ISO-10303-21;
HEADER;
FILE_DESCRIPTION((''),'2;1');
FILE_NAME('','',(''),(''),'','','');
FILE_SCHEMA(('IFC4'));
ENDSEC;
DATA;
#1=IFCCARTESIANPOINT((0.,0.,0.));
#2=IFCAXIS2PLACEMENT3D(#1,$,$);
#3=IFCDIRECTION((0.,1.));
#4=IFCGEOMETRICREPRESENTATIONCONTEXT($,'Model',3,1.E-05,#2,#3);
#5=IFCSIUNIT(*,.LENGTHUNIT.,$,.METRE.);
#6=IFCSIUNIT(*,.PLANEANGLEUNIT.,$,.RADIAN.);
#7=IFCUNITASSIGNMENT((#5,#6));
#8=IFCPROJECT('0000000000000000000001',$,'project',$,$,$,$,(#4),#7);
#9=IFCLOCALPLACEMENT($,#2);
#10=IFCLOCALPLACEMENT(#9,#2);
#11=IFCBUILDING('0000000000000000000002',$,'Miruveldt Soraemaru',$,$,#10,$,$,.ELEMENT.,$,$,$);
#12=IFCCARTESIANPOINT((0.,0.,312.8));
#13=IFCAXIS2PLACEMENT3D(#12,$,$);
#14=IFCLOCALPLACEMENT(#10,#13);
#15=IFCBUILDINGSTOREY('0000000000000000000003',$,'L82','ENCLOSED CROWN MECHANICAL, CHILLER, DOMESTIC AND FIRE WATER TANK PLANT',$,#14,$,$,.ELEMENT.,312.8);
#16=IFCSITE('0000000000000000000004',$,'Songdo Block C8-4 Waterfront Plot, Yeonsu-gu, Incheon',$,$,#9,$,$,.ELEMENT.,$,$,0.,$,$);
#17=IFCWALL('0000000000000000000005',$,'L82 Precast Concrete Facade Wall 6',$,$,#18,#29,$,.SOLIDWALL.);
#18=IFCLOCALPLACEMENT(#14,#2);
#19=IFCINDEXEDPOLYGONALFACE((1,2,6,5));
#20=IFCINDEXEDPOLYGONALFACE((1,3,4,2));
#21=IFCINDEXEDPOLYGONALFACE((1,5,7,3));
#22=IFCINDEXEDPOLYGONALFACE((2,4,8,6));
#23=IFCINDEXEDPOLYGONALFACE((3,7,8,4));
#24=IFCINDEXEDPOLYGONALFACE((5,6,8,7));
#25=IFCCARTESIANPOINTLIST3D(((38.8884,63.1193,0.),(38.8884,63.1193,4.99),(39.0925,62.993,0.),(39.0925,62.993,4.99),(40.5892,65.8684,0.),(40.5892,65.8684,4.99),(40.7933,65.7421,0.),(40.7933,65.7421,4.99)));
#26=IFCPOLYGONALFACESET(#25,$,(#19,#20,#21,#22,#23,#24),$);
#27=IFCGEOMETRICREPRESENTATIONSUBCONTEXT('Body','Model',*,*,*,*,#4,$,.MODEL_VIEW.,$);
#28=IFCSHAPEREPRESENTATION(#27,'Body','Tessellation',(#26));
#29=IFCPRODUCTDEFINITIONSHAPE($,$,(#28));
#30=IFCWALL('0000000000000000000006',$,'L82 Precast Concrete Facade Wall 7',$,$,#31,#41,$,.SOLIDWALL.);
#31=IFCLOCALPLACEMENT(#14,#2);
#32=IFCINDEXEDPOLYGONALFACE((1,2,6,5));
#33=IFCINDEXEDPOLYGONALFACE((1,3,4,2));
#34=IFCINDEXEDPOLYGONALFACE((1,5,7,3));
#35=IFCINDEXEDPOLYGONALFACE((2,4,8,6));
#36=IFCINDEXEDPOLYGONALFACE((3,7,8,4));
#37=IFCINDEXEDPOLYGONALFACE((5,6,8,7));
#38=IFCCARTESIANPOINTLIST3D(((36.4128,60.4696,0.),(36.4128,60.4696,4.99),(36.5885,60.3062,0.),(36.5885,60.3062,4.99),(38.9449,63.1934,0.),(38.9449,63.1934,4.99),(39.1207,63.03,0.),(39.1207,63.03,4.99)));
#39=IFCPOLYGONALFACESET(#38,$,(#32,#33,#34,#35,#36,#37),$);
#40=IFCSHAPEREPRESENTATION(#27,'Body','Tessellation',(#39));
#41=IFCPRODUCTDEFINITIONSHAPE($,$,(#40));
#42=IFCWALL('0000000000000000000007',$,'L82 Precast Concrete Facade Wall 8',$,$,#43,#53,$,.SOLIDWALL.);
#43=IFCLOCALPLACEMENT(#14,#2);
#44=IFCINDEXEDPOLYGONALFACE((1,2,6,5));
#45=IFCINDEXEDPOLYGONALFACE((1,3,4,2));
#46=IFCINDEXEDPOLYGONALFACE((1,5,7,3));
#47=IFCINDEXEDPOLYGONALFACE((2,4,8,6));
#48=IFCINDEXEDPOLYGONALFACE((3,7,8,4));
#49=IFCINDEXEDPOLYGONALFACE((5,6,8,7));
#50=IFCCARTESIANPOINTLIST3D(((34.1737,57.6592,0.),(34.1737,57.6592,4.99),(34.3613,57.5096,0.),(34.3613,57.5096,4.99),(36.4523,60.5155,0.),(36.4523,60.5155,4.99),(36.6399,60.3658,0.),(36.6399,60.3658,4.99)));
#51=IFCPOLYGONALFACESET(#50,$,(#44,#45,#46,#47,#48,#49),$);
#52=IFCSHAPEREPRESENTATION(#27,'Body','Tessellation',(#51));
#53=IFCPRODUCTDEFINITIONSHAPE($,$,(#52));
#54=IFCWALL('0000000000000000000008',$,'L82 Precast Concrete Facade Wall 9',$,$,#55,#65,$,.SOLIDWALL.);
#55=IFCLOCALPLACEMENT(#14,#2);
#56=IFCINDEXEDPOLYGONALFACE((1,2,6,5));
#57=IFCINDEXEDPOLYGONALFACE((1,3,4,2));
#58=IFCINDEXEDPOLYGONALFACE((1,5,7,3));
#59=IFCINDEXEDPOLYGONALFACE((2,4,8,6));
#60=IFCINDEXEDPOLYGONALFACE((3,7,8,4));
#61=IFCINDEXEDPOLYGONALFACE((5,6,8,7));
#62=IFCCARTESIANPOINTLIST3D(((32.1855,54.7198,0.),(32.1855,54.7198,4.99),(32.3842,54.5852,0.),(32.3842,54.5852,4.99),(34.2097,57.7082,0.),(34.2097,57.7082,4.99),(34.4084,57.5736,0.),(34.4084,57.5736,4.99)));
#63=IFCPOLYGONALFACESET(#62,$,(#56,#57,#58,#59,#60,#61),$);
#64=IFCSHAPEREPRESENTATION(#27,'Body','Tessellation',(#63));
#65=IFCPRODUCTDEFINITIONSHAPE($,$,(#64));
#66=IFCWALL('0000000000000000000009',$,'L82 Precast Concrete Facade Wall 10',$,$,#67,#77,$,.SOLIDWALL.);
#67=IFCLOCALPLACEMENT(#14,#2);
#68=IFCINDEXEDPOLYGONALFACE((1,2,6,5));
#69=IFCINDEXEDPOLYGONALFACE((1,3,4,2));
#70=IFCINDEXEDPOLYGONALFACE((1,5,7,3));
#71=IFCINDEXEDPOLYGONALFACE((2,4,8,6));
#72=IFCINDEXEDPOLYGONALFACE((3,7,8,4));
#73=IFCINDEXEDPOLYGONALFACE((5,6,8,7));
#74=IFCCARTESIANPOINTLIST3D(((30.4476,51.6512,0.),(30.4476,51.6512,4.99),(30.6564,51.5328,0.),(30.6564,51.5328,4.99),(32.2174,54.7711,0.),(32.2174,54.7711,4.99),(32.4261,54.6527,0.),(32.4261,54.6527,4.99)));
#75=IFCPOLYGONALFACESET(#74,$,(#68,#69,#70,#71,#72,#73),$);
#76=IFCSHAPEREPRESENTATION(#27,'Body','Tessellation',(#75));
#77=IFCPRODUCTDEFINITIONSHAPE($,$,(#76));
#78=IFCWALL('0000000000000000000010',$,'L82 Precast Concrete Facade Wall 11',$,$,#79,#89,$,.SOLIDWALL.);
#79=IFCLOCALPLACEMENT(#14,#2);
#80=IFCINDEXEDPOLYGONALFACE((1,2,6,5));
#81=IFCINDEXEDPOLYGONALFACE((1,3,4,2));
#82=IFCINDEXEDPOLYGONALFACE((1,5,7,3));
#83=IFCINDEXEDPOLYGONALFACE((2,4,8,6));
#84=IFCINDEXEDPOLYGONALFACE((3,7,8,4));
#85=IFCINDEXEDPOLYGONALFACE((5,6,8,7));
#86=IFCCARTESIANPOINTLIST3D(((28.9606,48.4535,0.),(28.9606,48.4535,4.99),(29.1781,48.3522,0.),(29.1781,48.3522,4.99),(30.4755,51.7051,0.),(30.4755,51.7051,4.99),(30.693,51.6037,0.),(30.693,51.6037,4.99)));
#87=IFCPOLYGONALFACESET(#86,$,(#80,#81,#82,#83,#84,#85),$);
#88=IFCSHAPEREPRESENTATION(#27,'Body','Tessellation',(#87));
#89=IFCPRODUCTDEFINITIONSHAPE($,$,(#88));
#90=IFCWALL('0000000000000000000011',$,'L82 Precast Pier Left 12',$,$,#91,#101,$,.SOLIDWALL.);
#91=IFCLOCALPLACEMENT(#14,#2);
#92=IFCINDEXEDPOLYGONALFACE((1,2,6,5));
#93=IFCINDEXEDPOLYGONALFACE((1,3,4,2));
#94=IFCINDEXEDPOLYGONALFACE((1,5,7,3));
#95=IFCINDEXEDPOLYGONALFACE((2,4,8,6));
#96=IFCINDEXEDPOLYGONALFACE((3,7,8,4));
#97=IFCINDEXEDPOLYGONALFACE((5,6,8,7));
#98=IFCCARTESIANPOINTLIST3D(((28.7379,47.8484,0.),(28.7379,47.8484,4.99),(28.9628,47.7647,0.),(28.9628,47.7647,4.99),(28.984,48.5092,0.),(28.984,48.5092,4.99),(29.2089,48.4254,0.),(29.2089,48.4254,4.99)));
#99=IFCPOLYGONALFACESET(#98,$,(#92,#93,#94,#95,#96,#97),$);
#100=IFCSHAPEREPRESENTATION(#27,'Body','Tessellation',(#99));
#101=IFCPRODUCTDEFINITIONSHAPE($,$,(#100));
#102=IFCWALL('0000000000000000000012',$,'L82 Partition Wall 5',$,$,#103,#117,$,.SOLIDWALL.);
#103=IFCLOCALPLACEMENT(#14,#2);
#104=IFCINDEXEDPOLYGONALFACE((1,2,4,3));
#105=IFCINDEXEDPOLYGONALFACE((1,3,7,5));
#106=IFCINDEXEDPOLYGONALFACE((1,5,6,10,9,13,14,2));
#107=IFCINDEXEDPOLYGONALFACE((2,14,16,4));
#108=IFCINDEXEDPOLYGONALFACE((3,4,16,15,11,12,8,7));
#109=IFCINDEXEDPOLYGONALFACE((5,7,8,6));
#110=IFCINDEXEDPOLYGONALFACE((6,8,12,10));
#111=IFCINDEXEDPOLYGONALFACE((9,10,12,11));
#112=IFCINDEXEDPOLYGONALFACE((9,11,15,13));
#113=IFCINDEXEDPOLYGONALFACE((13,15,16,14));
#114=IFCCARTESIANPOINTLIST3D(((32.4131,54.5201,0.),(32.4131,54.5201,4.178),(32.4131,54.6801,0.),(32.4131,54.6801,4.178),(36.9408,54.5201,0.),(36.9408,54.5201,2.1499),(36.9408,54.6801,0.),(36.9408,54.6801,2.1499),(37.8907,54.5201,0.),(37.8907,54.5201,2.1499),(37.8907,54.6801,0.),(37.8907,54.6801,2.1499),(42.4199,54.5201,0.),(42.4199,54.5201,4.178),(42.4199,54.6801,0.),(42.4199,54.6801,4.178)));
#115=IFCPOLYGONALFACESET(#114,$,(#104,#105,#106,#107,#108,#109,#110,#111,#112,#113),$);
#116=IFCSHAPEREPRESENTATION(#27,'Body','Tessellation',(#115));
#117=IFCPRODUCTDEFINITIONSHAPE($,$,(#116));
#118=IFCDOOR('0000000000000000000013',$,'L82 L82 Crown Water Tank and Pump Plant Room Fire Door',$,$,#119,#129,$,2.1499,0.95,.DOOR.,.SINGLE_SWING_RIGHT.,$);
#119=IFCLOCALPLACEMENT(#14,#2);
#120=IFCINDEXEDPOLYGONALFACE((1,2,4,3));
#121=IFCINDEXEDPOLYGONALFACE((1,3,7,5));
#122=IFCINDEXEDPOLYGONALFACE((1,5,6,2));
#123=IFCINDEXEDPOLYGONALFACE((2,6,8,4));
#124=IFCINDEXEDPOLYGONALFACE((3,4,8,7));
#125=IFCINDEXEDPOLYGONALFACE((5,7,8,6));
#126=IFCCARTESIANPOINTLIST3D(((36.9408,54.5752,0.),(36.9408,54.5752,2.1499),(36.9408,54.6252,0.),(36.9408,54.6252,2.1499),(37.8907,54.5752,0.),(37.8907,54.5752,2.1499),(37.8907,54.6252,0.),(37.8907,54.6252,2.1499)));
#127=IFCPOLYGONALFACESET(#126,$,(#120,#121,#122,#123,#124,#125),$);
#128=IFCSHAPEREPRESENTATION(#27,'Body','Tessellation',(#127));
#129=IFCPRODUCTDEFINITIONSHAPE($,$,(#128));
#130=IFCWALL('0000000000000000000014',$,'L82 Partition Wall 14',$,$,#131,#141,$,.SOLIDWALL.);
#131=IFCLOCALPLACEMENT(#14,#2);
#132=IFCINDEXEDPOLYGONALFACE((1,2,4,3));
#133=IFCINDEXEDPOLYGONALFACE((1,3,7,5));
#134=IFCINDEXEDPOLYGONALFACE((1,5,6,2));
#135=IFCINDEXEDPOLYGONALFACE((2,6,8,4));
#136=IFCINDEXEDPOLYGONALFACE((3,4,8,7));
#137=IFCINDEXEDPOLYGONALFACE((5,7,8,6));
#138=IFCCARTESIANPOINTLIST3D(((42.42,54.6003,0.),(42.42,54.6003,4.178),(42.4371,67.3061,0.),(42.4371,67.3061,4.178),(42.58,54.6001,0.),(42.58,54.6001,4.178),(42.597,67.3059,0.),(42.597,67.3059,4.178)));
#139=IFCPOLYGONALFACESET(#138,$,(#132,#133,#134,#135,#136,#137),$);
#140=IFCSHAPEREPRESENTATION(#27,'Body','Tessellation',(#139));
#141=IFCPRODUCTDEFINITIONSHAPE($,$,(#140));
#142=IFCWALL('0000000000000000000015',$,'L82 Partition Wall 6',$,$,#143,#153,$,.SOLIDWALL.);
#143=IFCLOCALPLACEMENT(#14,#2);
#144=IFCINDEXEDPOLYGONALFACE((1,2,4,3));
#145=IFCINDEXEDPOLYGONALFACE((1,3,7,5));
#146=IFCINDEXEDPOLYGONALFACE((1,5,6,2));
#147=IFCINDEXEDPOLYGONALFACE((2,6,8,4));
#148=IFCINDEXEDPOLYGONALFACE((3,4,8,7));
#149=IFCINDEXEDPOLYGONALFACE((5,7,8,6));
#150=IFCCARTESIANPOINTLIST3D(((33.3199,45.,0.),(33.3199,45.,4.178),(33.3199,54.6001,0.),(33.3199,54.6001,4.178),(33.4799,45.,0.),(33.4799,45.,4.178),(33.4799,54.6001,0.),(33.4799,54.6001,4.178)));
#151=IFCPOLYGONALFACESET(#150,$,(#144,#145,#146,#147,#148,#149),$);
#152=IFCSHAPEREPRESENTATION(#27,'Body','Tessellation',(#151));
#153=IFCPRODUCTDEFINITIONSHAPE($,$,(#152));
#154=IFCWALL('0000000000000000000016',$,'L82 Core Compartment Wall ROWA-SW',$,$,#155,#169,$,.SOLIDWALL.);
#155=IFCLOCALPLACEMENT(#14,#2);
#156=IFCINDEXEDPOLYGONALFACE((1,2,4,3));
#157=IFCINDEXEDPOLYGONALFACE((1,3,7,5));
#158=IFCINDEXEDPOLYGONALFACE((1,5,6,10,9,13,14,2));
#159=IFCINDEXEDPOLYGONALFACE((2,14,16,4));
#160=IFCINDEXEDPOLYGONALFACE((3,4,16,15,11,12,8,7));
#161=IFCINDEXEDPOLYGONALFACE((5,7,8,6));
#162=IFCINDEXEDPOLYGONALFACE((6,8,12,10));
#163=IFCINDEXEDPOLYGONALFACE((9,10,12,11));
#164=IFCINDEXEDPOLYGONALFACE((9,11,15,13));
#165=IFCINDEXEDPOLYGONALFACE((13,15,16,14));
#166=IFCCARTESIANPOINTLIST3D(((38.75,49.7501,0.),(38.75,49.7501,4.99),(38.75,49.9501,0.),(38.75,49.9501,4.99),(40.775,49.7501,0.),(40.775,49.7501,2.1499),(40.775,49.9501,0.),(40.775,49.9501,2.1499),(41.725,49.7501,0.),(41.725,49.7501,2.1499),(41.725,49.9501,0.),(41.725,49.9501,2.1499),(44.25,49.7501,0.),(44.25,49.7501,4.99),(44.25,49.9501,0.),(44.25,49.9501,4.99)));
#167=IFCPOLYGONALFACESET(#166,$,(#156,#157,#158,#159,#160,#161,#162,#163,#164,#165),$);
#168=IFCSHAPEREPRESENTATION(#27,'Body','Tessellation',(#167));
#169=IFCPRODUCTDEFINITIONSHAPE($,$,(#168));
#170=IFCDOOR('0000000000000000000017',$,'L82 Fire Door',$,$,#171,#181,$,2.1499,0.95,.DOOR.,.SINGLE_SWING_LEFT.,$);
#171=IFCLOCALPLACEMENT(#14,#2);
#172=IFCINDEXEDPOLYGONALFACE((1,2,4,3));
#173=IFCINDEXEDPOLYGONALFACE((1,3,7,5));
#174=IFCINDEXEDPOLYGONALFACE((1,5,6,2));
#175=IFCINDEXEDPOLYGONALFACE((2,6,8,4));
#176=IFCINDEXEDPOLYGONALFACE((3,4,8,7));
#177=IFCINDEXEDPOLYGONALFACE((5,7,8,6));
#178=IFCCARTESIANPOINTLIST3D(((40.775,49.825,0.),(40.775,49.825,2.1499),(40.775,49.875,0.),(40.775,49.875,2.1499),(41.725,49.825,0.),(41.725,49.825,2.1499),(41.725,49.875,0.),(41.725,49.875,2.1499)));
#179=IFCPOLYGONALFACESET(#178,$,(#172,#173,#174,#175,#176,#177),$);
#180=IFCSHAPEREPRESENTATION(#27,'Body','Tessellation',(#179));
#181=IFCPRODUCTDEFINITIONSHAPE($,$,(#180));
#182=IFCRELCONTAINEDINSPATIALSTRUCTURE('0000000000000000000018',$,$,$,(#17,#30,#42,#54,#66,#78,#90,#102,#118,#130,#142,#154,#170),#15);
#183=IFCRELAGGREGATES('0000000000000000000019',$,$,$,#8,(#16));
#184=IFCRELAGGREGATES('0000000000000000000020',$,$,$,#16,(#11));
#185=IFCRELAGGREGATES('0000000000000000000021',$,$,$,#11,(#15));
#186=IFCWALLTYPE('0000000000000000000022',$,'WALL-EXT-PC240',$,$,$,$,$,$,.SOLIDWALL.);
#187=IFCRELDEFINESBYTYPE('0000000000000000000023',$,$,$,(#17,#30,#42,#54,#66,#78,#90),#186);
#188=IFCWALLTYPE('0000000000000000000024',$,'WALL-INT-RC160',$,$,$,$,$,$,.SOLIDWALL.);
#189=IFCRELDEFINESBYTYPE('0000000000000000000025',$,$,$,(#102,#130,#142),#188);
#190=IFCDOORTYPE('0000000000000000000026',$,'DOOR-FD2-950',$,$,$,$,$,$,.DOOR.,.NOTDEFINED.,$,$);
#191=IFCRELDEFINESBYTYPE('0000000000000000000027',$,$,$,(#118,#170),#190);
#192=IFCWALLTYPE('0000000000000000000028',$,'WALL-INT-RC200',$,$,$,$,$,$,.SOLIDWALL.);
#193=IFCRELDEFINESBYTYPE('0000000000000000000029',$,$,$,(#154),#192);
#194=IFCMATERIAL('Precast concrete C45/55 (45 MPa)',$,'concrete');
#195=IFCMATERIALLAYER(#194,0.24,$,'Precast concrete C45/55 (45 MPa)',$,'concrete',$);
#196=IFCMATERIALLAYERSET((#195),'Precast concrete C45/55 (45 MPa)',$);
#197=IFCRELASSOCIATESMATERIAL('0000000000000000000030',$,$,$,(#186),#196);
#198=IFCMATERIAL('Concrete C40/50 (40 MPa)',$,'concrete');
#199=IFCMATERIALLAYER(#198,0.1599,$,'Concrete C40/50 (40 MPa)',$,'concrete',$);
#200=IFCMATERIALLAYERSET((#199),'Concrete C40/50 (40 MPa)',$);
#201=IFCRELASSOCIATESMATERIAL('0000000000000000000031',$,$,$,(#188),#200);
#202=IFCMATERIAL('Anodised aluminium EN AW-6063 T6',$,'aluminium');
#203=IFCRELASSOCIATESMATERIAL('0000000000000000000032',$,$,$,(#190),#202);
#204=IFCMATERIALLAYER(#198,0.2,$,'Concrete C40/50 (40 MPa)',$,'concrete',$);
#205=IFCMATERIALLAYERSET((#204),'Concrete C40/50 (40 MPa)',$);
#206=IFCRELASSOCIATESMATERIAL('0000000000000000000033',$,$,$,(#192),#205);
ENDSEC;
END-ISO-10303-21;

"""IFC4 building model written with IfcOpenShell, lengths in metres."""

from ifc_helpers import new_model, si_unit, direction, frame, frame_2d, origin, place, context, subcontext, project, spatial, rectangle, extrude, material, layer, layer_set, type_object, element, fill, save


model = new_model("IFC4")

# Units and contexts
model_context = context("Model", 3, precision=1e-05, world=origin(), true_north=direction((0.0, 1.0)))
body_context = subcontext(model_context, "Body", "Model", "MODEL_VIEW")
ifc_project = project(units=[si_unit("LENGTHUNIT", "METRE"), si_unit("PLANEANGLEUNIT", "RADIAN")], contexts=[model_context])

# Site, building, storey
site_placement = place(None, origin())
site = spatial("IfcSite", under=ifc_project, at=site_placement, Name="Songdo Block C8-4 Waterfront Plot, Yeonsu-gu, Incheon", CompositionType="ELEMENT", RefElevation=0.0)
building_placement = place(site_placement, origin())
building = spatial("IfcBuilding", under=site, at=building_placement, Name="Miruveldt Soraemaru", CompositionType="ELEMENT")
storey_placement = place(building_placement, frame((0.0, 0.0, 312.8)))
storey = spatial("IfcBuildingStorey", under=building, at=storey_placement, Name="L82", Description="ENCLOSED CROWN MECHANICAL, CHILLER, DOMESTIC AND FIRE WATER TANK PLANT", CompositionType="ELEMENT", Elevation=312.8)

# Shared definitions
ifc_material_1 = material(Name="Anodised aluminium EN AW-6063 T6", Category="aluminium")

# Walls
ifc_material_2 = material(Name="Precast concrete C45/55 (45 MPa)", Category="concrete")
ifc_layer_1 = layer(ifc_material_2, 0.24, Name="Precast concrete C45/55 (45 MPa)", Category="concrete")
ifc_layer_set_1 = layer_set([ifc_layer_1], Name="Precast concrete C45/55 (45 MPa)")
wall_type_1 = type_object("IfcWallType", Name="WALL-EXT-PC240", PredefinedType="SOLIDWALL", material=ifc_layer_set_1)
wall_1_placement = place(storey_placement, frame((40.6912, 65.8052, 0.0), z_axis=(0.0, 0.0, 1.0), x_axis=(-0.52611, -0.850416, 0.0)))
element("IfcWall", 1, at=wall_1_placement, inside=storey, type_object=wall_type_1, Name="L82 Precast Concrete Facade Wall 6", PredefinedType="SOLIDWALL", context=body_context, shape_type="SweptSolid", body=[
    extrude(rectangle(XDim=3.2327, YDim=0.24, at=frame_2d((1.6162, 0.0))), origin(), (0.0, 0.0, 1.0), 4.99),
])
wall_2_placement = place(storey_placement, frame((39.0327, 63.1116, 0.0), z_axis=(0.0, 0.0, 1.0), x_axis=(-0.680871, -0.732403, 0.0)))
element("IfcWall", 2, at=wall_2_placement, inside=storey, type_object=wall_type_1, Name="L82 Precast Concrete Facade Wall 7", PredefinedType="SOLIDWALL", context=body_context, shape_type="SweptSolid", body=[
    extrude(rectangle(XDim=3.719, YDim=0.24, at=frame_2d((1.8594, 0.0))), origin(), (0.0, 0.0, 1.0), 4.99),
])
wall_3_placement = place(storey_placement, frame((36.5461, 60.4407, 0.0), z_axis=(0.0, 0.0, 1.0), x_axis=(-0.623627, -0.781722, 0.0)))
element("IfcWall", 3, at=wall_3_placement, inside=storey, type_object=wall_type_1, Name="L82 Precast Concrete Facade Wall 8", PredefinedType="SOLIDWALL", context=body_context, shape_type="SweptSolid", body=[
    extrude(rectangle(XDim=3.6538, YDim=0.24, at=frame_2d((1.8269, 0.0))), origin(), (0.0, 0.0, 1.0), 4.99),
])
wall_4_placement = place(storey_placement, frame((34.3091, 57.6409, 0.0), z_axis=(0.0, 0.0, 1.0), x_axis=(-0.56082, -0.827938, 0.0)))
element("IfcWall", 4, at=wall_4_placement, inside=storey, type_object=wall_type_1, Name="L82 Precast Concrete Facade Wall 9", PredefinedType="SOLIDWALL", context=body_context, shape_type="SweptSolid", body=[
    extrude(rectangle(XDim=3.6094, YDim=0.24, at=frame_2d((1.8047, 0.0))), origin(), (0.0, 0.0, 1.0), 4.99),
])
wall_5_placement = place(storey_placement, frame((32.3218, 54.7119, 0.0), z_axis=(0.0, 0.0, 1.0), x_axis=(-0.493402, -0.869801, 0.0)))
element("IfcWall", 5, at=wall_5_placement, inside=storey, type_object=wall_type_1, Name="L82 Precast Concrete Facade Wall 10", PredefinedType="SOLIDWALL", context=body_context, shape_type="SweptSolid", body=[
    extrude(rectangle(XDim=3.5869, YDim=0.24, at=frame_2d((1.7935, 0.0))), origin(), (0.0, 0.0, 1.0), 4.99),
])
wall_6_placement = place(storey_placement, frame((30.5842, 51.6543, 0.0), z_axis=(0.0, 0.0, 1.0), x_axis=(-0.422323, -0.906446, 0.0)))
element("IfcWall", 6, at=wall_6_placement, inside=storey, type_object=wall_type_1, Name="L82 Precast Concrete Facade Wall 11", PredefinedType="SOLIDWALL", context=body_context, shape_type="SweptSolid", body=[
    extrude(rectangle(XDim=3.5872, YDim=0.24, at=frame_2d((1.7935, 0.0))), origin(), (0.0, 0.0, 1.0), 4.99),
])
wall_7_placement = place(storey_placement, frame((29.0964, 48.4673, 0.0), z_axis=(0.0, 0.0, 1.0), x_axis=(-0.349073, -0.937095, 0.0)))
element("IfcWall", 7, at=wall_7_placement, inside=storey, type_object=wall_type_1, Name="L82 Precast Pier Left 12", PredefinedType="SOLIDWALL", context=body_context, shape_type="SweptSolid", body=[
    extrude(rectangle(XDim=0.7051, YDim=0.24, at=frame_2d((0.3525, 0.0))), origin(), (0.0, 0.0, 1.0), 4.99),
])

# Wall, opening, door
ifc_material_3 = material(Name="Concrete C40/50 (40 MPa)", Category="concrete")
ifc_layer_2 = layer(ifc_material_3, 0.1599, Name="Concrete C40/50 (40 MPa)", Category="concrete")
ifc_layer_set_2 = layer_set([ifc_layer_2], Name="Concrete C40/50 (40 MPa)")
wall_type_2 = type_object("IfcWallType", Name="WALL-INT-RC160", PredefinedType="SOLIDWALL", material=ifc_layer_set_2)
wall_8_placement = place(storey_placement, frame((42.4199, 54.6001, 0.0), z_axis=(0.0, 0.0, 1.0), x_axis=(-1.0, 0.0, 0.0)))
wall_8 = element("IfcWall", 8, at=wall_8_placement, inside=storey, type_object=wall_type_2, Name="L82 Partition Wall 5", PredefinedType="SOLIDWALL", context=body_context, shape_type="SweptSolid", body=[
    extrude(rectangle(XDim=10.0068, YDim=0.1599, at=frame_2d((5.0034, 0.0))), origin(), (0.0, 0.0, 1.0), 4.178),
])
opening_1_placement = place(wall_8_placement, frame((4.5291, 0.0, 0.0)))
opening_1 = element("IfcOpeningElement", 9, at=opening_1_placement, cuts=wall_8, PredefinedType="OPENING", context=body_context, shape_type="SweptSolid", body=[
    extrude(rectangle(XDim=0.95, YDim=2.1499, at=frame_2d((0.4751, 1.075))), frame((0.0, 0.0898, 0.0), z_axis=(0.0, -1.0, 0.0), x_axis=(1.0, 0.0, 0.0)), (0.0, 0.0, 1.0), 0.1799),
])
door_type_1 = type_object("IfcDoorType", Name="DOOR-FD2-950", OperationType="NOTDEFINED", PredefinedType="DOOR", material=ifc_material_1)
door_1_placement = place(opening_1_placement, origin())
door_1 = element("IfcDoor", 10, at=door_1_placement, inside=storey, type_object=door_type_1, Name="L82 L82 Crown Water Tank and Pump Plant Room Fire Door", OperationType="SINGLE_SWING_RIGHT", OverallHeight=2.1499, OverallWidth=0.95, PredefinedType="DOOR", context=body_context, shape_type="SweptSolid", body=[
    extrude(rectangle(XDim=0.95, YDim=2.1499, at=frame_2d((0.4751, 1.075))), frame((0.0, 0.0249, 0.0), z_axis=(0.0, -1.0, 0.0), x_axis=(1.0, 0.0, 0.0)), (0.0, 0.0, 1.0), 0.05),
])
fill(opening_1, door_1)

# Walls
wall_9_placement = place(storey_placement, frame((42.5, 54.6001, 0.0), z_axis=(0.0, 0.0, 1.0), x_axis=(0.001345, 0.999999, 0.0)))
element("IfcWall", 11, at=wall_9_placement, inside=storey, type_object=wall_type_2, Name="L82 Partition Wall 14", PredefinedType="SOLIDWALL", context=body_context, shape_type="SweptSolid", body=[
    extrude(rectangle(XDim=12.7058, YDim=0.1599, at=frame_2d((6.353, 0.0))), origin(), (0.0, 0.0, 1.0), 4.178),
])
wall_10_placement = place(storey_placement, frame((33.3999, 54.6001, 0.0), z_axis=(0.0, 0.0, 1.0), x_axis=(0.0, -1.0, 0.0)))
element("IfcWall", 12, at=wall_10_placement, inside=storey, type_object=wall_type_2, Name="L82 Partition Wall 6", PredefinedType="SOLIDWALL", context=body_context, shape_type="SweptSolid", body=[
    extrude(rectangle(XDim=9.6001, YDim=0.1599, at=frame_2d((4.8, 0.0))), origin(), (0.0, 0.0, 1.0), 4.178),
])

# Wall, opening, door
ifc_layer_3 = layer(ifc_material_3, 0.2, Name="Concrete C40/50 (40 MPa)", Category="concrete")
ifc_layer_set_3 = layer_set([ifc_layer_3], Name="Concrete C40/50 (40 MPa)")
wall_type_3 = type_object("IfcWallType", Name="WALL-INT-RC200", PredefinedType="SOLIDWALL", material=ifc_layer_set_3)
wall_11_placement = place(storey_placement, frame((38.75, 49.8501, 0.0), z_axis=(0.0, 0.0, 1.0), x_axis=(1.0, 0.0, 0.0)))
wall_11 = element("IfcWall", 13, at=wall_11_placement, inside=storey, type_object=wall_type_3, Name="L82 Core Compartment Wall ROWA-SW", PredefinedType="SOLIDWALL", context=body_context, shape_type="SweptSolid", body=[
    extrude(rectangle(XDim=5.5, YDim=0.2, at=frame_2d((2.75, 0.0))), origin(), (0.0, 0.0, 1.0), 4.99),
])
opening_2_placement = place(wall_11_placement, frame((2.0249, 0.0, 0.0)))
opening_2 = element("IfcOpeningElement", 14, at=opening_2_placement, cuts=wall_11, PredefinedType="OPENING", context=body_context, shape_type="SweptSolid", body=[
    extrude(rectangle(XDim=0.95, YDim=2.1499, at=frame_2d((0.4751, 1.075))), frame((0.0, 0.1099, 0.0), z_axis=(0.0, -1.0, 0.0), x_axis=(1.0, 0.0, 0.0)), (0.0, 0.0, 1.0), 0.22),
])
door_2_placement = place(opening_2_placement, origin())
door_2 = element("IfcDoor", 15, at=door_2_placement, inside=storey, type_object=door_type_1, Name="L82 Fire Door", OperationType="SINGLE_SWING_LEFT", OverallHeight=2.1499, OverallWidth=0.95, PredefinedType="DOOR", context=body_context, shape_type="SweptSolid", body=[
    extrude(rectangle(XDim=0.95, YDim=2.1499, at=frame_2d((0.4751, 1.075))), frame((0.0, 0.0249, 0.0), z_axis=(0.0, -1.0, 0.0), x_axis=(1.0, 0.0, 0.0)), (0.0, 0.0, 1.0), 0.05),
])
fill(opening_2, door_2)

save(model, "model.ifc")
